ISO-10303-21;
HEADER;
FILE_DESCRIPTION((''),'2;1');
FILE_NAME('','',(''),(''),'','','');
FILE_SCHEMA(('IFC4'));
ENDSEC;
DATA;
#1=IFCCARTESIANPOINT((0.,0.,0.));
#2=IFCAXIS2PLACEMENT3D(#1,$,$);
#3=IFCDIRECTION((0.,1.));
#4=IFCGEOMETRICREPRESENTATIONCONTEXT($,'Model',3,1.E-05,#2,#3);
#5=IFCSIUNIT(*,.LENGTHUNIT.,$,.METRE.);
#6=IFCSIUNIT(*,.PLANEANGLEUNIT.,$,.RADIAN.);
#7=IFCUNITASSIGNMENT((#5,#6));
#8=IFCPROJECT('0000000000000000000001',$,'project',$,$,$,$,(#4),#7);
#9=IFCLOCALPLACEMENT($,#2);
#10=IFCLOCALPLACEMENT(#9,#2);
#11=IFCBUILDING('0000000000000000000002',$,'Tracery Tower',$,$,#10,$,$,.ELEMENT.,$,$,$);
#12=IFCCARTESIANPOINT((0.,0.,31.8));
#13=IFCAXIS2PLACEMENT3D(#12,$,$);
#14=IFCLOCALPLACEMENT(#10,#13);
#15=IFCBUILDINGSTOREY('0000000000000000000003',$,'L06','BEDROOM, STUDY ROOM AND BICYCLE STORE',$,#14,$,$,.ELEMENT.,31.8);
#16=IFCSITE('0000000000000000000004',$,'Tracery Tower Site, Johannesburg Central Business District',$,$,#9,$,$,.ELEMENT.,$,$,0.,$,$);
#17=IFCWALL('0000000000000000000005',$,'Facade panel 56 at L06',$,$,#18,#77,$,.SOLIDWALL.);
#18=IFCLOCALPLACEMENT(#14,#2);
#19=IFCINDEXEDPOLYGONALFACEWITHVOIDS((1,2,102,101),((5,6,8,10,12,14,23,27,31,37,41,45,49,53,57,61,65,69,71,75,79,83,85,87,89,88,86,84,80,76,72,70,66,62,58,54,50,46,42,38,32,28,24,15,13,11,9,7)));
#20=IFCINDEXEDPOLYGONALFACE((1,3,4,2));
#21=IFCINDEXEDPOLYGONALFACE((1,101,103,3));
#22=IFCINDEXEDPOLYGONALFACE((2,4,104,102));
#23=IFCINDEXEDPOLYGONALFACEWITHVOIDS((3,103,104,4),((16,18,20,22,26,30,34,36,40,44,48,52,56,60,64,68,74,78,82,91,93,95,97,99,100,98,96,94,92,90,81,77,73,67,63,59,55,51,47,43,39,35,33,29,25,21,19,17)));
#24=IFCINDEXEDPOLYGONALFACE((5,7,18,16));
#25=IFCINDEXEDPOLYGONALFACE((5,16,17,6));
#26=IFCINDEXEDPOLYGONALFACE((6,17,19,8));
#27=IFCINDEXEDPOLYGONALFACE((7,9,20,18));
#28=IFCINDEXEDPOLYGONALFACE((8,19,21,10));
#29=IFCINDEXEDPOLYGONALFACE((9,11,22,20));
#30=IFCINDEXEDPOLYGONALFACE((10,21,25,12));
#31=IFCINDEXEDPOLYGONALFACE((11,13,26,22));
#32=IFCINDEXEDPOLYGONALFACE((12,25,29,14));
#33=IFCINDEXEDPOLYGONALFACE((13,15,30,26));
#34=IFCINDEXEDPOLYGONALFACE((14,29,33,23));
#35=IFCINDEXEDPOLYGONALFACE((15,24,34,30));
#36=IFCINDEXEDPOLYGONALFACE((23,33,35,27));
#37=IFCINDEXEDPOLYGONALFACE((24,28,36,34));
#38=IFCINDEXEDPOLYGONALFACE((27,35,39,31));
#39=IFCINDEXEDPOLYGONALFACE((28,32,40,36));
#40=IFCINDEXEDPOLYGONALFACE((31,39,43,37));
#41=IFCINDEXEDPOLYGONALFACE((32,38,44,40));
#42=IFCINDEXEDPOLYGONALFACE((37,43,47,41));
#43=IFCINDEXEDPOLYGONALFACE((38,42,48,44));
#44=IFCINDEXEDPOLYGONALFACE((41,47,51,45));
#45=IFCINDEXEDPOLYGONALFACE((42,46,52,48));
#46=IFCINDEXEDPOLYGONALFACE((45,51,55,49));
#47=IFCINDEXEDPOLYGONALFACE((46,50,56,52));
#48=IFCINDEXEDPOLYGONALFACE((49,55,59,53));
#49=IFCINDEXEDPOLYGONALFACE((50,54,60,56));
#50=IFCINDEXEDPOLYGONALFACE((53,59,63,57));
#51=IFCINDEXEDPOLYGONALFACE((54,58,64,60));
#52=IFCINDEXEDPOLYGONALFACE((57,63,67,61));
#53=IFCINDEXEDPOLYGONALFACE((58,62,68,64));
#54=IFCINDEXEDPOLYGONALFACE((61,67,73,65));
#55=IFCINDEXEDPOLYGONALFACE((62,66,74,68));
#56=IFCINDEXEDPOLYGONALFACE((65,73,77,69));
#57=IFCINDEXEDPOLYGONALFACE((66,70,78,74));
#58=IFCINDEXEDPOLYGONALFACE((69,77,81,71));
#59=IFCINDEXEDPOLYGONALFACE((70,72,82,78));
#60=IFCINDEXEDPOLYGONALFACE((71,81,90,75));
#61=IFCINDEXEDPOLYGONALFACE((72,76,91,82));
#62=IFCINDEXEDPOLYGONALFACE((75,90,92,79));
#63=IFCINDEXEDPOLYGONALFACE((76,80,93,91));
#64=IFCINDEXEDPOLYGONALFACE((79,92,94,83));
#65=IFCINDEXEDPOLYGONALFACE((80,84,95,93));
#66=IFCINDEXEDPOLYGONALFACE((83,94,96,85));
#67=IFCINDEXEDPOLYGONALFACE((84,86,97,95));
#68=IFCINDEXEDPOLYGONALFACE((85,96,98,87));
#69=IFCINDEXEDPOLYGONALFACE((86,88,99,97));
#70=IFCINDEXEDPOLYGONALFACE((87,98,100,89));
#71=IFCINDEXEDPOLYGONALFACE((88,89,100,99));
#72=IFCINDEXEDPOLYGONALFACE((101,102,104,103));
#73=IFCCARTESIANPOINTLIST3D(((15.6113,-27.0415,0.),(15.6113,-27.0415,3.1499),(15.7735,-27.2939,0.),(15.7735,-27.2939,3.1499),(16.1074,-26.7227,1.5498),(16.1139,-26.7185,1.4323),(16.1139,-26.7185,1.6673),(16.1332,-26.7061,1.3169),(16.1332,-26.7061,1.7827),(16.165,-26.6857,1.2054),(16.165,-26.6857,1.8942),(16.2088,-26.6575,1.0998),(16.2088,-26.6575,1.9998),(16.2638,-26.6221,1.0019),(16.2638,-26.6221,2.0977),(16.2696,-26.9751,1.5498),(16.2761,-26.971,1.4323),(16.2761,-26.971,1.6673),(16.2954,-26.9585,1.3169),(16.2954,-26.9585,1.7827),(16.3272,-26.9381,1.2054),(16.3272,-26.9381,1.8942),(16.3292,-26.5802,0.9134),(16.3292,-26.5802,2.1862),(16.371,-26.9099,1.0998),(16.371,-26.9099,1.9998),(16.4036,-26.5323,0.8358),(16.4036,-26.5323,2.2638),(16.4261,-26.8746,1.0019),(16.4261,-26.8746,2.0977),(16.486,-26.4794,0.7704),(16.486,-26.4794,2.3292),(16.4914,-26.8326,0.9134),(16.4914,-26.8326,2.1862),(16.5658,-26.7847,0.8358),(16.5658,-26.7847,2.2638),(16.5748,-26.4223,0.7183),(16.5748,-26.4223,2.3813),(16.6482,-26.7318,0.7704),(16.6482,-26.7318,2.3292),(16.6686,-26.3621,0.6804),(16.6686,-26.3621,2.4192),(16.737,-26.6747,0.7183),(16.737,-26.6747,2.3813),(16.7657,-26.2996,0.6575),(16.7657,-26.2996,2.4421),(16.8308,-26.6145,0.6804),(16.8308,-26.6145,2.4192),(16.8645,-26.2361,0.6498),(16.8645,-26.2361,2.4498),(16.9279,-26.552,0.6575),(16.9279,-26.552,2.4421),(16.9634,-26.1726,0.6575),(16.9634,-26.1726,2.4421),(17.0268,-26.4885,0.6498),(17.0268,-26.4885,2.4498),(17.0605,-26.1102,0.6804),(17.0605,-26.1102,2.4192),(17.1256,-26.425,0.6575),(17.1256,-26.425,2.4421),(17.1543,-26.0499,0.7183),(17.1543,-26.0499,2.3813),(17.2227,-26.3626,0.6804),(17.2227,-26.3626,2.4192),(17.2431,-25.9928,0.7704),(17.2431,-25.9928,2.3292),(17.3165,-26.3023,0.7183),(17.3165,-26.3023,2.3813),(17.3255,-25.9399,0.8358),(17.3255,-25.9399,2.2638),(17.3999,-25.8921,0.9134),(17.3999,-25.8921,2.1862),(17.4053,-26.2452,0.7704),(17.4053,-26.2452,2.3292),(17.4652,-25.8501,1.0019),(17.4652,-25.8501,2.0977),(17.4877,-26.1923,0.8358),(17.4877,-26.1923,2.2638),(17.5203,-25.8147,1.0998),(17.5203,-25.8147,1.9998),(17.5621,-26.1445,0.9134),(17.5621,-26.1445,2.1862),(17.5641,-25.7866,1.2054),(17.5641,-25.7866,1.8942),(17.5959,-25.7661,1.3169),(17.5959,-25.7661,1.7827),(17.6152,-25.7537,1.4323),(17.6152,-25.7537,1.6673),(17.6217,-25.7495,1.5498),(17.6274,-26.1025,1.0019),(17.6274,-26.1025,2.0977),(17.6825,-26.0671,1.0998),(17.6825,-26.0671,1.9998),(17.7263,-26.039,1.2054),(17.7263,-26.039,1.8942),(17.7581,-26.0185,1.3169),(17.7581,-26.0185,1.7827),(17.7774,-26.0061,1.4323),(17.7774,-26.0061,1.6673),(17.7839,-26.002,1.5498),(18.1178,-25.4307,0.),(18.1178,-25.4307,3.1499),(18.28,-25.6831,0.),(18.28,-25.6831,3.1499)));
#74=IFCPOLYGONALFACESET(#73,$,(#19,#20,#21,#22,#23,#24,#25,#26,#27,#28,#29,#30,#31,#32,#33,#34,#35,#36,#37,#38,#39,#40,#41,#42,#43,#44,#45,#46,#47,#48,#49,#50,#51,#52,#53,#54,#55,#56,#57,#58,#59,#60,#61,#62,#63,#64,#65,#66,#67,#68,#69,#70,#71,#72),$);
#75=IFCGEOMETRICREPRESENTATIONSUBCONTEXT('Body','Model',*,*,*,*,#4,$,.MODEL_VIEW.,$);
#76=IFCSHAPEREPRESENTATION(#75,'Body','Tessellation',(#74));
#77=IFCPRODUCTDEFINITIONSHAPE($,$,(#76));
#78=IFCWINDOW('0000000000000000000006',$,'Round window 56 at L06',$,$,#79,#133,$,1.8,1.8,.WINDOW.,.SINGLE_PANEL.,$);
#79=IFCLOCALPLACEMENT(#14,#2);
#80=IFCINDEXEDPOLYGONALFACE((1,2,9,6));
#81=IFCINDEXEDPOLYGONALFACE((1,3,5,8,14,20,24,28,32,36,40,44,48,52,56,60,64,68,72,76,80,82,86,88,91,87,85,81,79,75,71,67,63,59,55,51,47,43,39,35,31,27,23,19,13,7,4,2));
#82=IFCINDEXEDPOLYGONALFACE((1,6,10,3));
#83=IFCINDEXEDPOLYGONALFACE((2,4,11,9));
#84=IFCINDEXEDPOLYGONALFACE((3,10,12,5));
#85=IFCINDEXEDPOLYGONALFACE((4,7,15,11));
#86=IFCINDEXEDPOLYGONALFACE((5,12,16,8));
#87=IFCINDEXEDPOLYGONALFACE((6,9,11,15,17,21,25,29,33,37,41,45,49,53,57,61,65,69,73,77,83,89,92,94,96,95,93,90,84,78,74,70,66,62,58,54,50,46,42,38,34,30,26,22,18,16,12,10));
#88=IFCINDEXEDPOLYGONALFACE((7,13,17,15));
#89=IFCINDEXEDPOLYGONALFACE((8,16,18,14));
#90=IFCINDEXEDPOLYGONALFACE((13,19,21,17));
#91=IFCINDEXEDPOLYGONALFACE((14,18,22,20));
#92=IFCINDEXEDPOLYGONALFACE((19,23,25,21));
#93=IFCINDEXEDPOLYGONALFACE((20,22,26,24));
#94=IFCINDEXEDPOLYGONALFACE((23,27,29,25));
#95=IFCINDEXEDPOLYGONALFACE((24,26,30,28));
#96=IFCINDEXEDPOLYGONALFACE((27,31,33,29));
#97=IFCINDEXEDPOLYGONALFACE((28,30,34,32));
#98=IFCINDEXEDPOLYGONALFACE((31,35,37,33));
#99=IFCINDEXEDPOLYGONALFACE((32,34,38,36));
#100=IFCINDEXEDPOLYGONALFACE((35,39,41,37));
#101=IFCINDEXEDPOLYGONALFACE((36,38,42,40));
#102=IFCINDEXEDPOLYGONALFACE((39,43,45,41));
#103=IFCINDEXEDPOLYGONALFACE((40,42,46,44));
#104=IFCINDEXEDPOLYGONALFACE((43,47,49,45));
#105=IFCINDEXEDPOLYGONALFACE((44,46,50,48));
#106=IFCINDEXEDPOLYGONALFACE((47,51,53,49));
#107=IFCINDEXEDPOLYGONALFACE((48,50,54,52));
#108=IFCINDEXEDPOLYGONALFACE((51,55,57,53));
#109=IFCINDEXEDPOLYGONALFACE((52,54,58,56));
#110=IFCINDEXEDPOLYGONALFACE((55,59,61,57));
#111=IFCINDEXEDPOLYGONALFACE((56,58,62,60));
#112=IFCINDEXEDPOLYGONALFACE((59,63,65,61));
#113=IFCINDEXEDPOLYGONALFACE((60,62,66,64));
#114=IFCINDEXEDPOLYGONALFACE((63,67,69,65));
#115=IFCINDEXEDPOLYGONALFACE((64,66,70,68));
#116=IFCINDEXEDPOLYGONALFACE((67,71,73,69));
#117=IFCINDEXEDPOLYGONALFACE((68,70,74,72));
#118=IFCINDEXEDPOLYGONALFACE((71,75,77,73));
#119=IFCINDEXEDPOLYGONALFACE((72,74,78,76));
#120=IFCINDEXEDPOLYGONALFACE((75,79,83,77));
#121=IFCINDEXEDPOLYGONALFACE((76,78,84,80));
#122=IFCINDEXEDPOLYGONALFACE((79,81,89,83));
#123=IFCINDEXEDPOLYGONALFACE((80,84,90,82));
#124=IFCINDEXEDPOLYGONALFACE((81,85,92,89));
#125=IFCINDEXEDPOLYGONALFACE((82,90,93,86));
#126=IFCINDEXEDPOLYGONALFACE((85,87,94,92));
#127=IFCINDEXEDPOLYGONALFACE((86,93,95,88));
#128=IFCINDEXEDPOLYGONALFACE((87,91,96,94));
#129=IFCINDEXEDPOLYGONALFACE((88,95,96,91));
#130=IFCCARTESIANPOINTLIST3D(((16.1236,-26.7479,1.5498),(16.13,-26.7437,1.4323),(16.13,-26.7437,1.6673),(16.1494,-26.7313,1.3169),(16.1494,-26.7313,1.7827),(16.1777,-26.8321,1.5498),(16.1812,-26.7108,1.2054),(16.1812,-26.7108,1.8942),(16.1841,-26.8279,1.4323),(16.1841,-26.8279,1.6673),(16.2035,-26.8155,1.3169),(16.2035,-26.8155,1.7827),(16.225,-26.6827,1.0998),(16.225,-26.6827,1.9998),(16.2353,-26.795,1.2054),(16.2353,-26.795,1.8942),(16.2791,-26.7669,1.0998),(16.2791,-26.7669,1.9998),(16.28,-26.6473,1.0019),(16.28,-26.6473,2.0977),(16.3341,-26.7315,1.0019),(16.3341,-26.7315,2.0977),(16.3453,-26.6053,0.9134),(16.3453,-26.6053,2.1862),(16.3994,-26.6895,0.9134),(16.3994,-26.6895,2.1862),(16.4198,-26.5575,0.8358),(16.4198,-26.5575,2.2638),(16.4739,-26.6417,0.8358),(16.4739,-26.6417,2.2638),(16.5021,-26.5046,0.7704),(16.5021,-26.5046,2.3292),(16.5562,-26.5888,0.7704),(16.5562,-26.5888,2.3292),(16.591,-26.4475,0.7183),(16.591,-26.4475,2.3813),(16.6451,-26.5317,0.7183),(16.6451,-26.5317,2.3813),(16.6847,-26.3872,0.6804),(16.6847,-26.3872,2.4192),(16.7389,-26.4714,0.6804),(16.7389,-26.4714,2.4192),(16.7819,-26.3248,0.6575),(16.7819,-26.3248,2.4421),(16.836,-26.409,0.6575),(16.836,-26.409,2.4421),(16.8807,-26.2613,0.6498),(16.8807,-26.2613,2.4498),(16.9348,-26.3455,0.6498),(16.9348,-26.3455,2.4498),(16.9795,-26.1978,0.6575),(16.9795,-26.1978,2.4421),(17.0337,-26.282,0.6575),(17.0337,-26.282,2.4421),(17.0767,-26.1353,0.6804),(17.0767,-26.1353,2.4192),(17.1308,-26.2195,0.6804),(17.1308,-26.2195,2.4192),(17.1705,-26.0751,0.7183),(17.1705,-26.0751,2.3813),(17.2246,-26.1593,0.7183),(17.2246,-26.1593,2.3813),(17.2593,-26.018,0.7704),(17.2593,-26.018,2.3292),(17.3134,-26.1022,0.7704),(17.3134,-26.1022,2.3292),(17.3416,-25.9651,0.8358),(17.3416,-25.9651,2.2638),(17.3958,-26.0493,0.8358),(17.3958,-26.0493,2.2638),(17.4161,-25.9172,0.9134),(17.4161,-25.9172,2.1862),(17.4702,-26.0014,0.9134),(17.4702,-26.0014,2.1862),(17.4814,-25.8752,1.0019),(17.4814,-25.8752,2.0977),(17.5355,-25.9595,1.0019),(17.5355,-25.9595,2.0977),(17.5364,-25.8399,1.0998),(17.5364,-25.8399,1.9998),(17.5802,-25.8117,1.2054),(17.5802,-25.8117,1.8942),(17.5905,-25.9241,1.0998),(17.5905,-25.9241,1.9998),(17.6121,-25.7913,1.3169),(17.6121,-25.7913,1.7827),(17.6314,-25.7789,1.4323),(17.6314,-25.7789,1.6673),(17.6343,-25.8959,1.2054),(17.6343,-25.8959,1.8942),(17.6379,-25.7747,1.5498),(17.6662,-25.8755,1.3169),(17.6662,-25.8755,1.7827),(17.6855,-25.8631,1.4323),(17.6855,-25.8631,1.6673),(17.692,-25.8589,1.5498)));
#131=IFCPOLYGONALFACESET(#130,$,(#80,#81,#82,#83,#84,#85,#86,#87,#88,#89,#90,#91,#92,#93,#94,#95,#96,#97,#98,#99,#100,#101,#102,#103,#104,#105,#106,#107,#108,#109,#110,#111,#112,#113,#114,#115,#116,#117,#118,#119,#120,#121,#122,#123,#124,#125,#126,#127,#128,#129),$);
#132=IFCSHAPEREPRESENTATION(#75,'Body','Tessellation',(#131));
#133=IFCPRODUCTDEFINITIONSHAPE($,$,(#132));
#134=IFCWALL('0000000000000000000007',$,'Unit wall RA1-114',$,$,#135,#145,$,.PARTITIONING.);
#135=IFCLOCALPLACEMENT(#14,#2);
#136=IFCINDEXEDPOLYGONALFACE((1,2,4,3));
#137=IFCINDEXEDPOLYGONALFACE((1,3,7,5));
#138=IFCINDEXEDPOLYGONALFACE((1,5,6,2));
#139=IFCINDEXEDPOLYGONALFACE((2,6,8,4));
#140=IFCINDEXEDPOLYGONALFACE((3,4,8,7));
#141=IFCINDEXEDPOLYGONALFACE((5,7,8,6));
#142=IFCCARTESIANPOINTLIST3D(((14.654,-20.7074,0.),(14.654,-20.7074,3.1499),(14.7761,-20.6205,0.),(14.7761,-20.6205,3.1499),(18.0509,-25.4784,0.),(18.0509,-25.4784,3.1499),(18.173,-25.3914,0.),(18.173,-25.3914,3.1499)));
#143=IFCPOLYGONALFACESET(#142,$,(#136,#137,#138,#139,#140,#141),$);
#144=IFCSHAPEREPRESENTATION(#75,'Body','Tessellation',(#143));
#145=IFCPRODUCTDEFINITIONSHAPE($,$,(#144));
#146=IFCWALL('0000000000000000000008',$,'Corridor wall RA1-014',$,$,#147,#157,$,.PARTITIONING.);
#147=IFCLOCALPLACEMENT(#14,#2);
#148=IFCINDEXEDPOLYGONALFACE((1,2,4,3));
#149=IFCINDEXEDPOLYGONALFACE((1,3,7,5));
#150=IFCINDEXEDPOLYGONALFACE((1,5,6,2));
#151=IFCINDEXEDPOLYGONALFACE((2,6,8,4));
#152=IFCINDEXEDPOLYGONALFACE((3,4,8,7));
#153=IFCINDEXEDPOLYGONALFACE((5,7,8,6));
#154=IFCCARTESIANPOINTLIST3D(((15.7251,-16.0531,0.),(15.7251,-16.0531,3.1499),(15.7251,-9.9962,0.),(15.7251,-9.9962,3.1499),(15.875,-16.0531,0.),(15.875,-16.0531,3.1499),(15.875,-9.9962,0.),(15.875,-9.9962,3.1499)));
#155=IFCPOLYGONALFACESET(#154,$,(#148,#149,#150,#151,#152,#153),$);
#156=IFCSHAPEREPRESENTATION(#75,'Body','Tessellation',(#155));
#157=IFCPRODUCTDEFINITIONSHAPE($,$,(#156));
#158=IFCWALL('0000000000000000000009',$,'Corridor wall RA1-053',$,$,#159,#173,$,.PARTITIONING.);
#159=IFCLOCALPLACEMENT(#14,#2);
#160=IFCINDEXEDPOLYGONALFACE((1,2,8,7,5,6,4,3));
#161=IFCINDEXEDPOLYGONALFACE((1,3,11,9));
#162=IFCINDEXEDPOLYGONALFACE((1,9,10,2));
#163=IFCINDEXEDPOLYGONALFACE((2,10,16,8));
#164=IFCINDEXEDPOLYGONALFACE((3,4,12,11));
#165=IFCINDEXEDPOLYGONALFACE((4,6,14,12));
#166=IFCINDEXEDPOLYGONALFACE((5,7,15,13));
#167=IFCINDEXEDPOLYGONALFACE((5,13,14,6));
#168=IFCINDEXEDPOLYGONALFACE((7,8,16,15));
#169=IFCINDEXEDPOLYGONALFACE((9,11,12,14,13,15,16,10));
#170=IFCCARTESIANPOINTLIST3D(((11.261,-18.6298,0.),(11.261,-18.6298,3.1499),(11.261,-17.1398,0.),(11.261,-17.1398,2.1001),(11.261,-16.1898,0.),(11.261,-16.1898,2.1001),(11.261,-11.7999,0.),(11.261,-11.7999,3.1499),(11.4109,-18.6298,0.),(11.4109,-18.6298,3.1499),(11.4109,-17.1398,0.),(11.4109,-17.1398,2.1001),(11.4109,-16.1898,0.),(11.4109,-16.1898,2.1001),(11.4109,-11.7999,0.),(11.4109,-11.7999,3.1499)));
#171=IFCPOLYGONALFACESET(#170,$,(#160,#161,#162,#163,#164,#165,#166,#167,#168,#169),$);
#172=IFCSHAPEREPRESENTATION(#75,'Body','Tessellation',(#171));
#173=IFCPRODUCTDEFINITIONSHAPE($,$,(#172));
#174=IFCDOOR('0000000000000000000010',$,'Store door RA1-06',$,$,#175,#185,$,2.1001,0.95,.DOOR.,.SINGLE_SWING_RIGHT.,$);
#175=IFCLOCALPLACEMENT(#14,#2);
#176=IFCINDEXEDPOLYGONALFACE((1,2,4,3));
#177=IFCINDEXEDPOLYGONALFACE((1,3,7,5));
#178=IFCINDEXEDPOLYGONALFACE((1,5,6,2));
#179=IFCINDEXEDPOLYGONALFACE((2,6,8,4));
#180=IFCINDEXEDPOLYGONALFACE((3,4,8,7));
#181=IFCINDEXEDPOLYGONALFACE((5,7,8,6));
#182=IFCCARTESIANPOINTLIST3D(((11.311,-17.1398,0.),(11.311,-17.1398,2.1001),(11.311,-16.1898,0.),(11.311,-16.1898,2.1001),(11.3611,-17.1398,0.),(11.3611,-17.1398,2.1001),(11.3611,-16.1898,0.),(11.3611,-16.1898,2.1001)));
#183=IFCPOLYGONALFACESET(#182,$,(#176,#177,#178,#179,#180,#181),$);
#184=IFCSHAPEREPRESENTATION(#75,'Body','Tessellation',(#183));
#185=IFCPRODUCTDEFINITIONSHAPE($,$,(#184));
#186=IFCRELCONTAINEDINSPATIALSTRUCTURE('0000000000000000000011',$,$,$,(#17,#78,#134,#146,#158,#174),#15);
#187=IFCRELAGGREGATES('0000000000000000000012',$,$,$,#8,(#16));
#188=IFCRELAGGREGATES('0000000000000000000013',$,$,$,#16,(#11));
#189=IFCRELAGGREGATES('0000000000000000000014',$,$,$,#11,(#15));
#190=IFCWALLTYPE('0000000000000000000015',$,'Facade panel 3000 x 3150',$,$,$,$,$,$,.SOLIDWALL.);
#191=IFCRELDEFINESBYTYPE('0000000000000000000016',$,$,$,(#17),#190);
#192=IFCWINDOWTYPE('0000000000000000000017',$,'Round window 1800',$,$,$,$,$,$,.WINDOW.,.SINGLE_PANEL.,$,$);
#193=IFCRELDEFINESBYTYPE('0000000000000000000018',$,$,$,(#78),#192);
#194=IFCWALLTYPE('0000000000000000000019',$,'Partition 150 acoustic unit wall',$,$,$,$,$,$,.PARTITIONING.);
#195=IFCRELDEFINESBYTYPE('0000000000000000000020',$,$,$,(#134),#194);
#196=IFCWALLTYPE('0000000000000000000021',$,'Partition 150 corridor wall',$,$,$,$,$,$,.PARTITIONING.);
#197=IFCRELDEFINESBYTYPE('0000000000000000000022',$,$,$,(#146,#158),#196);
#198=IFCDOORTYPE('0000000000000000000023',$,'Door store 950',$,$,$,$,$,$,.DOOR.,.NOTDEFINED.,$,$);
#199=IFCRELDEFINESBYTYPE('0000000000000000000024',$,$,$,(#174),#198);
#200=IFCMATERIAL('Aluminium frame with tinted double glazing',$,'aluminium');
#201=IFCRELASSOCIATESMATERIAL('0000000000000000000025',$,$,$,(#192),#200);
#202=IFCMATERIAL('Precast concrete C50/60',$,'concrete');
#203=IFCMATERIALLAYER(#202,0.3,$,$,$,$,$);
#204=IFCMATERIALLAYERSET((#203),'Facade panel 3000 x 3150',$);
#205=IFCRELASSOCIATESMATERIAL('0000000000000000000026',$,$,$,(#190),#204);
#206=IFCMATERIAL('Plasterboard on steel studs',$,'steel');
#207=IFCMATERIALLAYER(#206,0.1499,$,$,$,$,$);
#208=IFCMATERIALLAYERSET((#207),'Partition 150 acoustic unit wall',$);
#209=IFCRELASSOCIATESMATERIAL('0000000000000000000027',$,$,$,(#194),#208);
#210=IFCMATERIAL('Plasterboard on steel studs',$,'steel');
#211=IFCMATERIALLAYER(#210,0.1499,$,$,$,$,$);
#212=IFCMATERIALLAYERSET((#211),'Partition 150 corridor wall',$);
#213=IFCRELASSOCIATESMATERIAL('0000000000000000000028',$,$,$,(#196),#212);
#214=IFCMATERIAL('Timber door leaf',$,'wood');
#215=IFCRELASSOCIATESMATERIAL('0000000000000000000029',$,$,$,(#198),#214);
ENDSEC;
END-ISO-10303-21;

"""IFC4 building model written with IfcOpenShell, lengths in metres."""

from ifc_helpers import new_model, si_unit, direction, frame, frame_2d, origin, origin_2d, place, context, subcontext, project, spatial, rectangle, circle, extrude, material, layer, layer_set, type_object, element, fill, save


model = new_model("IFC4")

# Units and contexts
model_context = context("Model", 3, precision=1e-05, world=origin(), true_north=direction((0.0, 1.0)))
body_context = subcontext(model_context, "Body", "Model", "MODEL_VIEW")
ifc_project = project(units=[si_unit("LENGTHUNIT", "METRE"), si_unit("PLANEANGLEUNIT", "RADIAN")], contexts=[model_context])

# Site, building, storey
site_placement = place(None, origin())
site = spatial("IfcSite", under=ifc_project, at=site_placement, Name="Tracery Tower Site, Johannesburg Central Business District", CompositionType="ELEMENT", RefElevation=0.0)
building_placement = place(site_placement, origin())
building = spatial("IfcBuilding", under=site, at=building_placement, Name="Tracery Tower", CompositionType="ELEMENT")
storey_placement = place(building_placement, frame((0.0, 0.0, 31.8)))
storey = spatial("IfcBuildingStorey", under=building, at=storey_placement, Name="L06", Description="BEDROOM, STUDY ROOM AND BICYCLE STORE", CompositionType="ELEMENT", Elevation=31.8)

# Wall, opening, window
ifc_material_1 = material(Name="Aluminium frame with tinted double glazing", Category="aluminium")
window_type = type_object("IfcWindowType", Name="Round window 1800", PartitioningType="SINGLE_PANEL", PredefinedType="WINDOW", material=ifc_material_1)
ifc_material_2 = material(Name="Precast concrete C50/60", Category="concrete")
ifc_layer_1 = layer(ifc_material_2, 0.3)
ifc_layer_set_1 = layer_set([ifc_layer_1], Name="Facade panel 3000 x 3150")
wall_type_1 = type_object("IfcWallType", Name="Facade panel 3000 x 3150", PredefinedType="SOLIDWALL", material=ifc_layer_set_1)
wall_1_placement = place(storey_placement, frame((15.6924, -27.1677, 0.0), z_axis=(0.0, 0.0, 1.0), x_axis=(0.841261, 0.540629, 0.0)))
wall_1 = element("IfcWall", 1, at=wall_1_placement, inside=storey, type_object=wall_type_1, Name="Facade panel 56 at L06", PredefinedType="SOLIDWALL", context=body_context, shape_type="SweptSolid", body=[
    extrude(rectangle(XDim=2.9795, YDim=0.3, at=frame_2d((1.4897, 0.0))), origin(), (0.0, 0.0, 1.0), 3.1499),
])
opening_1_placement = place(wall_1_placement, frame((1.4897, 0.0, 1.5498)))
opening_1 = element("IfcOpeningElement", 2, at=opening_1_placement, cuts=wall_1, PredefinedType="OPENING", context=body_context, shape_type="SweptSolid", body=[
    extrude(circle(Radius=0.9, at=origin_2d()), frame((0.0, 0.1599, 0.0), z_axis=(0.0, -1.0, 0.0), x_axis=(1.0, 0.0, 0.0)), (0.0, 0.0, 1.0), 0.3201),
])
window_1_placement = place(opening_1_placement, origin())
window_1 = element("IfcWindow", 3, at=window_1_placement, inside=storey, type_object=window_type, Name="Round window 56 at L06", OverallHeight=1.8, OverallWidth=1.8, PartitioningType="SINGLE_PANEL", PredefinedType="WINDOW", context=body_context, shape_type="SweptSolid", body=[
    extrude(circle(Radius=0.9, at=origin_2d()), frame((0.0, 0.1201, 0.0), z_axis=(0.0, -1.0, 0.0), x_axis=(1.0, 0.0, 0.0)), (0.0, 0.0, 1.0), 0.1001),
])
fill(opening_1, window_1)

# Walls
ifc_material_3 = material(Name="Plasterboard on steel studs", Category="steel")
ifc_layer_2 = layer(ifc_material_3, 0.1499)
ifc_layer_set_2 = layer_set([ifc_layer_2], Name="Partition 150 acoustic unit wall")
wall_type_2 = type_object("IfcWallType", Name="Partition 150 acoustic unit wall", PredefinedType="PARTITIONING", material=ifc_layer_set_2)
wall_2_placement = place(storey_placement, frame((14.7151, -20.6641, 0.0), z_axis=(0.0, 0.0, 1.0), x_axis=(0.580007, -0.814611, 0.0)))
element("IfcWall", 4, at=wall_2_placement, inside=storey, type_object=wall_type_2, Name="Unit wall RA1-114", PredefinedType="PARTITIONING", context=body_context, shape_type="SweptSolid", body=[
    extrude(rectangle(XDim=5.8567, YDim=0.1499, at=frame_2d((2.9282, 0.0))), origin(), (0.0, 0.0, 1.0), 3.1499),
])
ifc_material_4 = material(Name="Plasterboard on steel studs", Category="steel")
ifc_layer_3 = layer(ifc_material_4, 0.1499)
ifc_layer_set_3 = layer_set([ifc_layer_3], Name="Partition 150 corridor wall")
wall_type_3 = type_object("IfcWallType", Name="Partition 150 corridor wall", PredefinedType="PARTITIONING", material=ifc_layer_set_3)
wall_3_placement = place(storey_placement, frame((15.8, -16.053, 0.0), z_axis=(0.0, 0.0, 1.0), x_axis=(0.0, 1.0, 0.0)))
element("IfcWall", 5, at=wall_3_placement, inside=storey, type_object=wall_type_3, Name="Corridor wall RA1-014", PredefinedType="PARTITIONING", context=body_context, shape_type="SweptSolid", body=[
    extrude(rectangle(XDim=6.0569, YDim=0.1499, at=frame_2d((3.0283, 0.0))), origin(), (0.0, 0.0, 1.0), 3.1499),
])

# Wall, opening, door
wall_4_placement = place(storey_placement, frame((11.3359, -18.6299, 0.0), z_axis=(0.0, 0.0, 1.0), x_axis=(0.0, 1.0, 0.0)))
wall_4 = element("IfcWall", 6, at=wall_4_placement, inside=storey, type_object=wall_type_3, Name="Corridor wall RA1-053", PredefinedType="PARTITIONING", context=body_context, shape_type="SweptSolid", body=[
    extrude(rectangle(XDim=6.8298, YDim=0.1499, at=frame_2d((3.415, 0.0))), origin(), (0.0, 0.0, 1.0), 3.1499),
])
opening_2_placement = place(wall_4_placement, frame((1.49, 0.0, 0.0)))
opening_2 = element("IfcOpeningElement", 7, at=opening_2_placement, cuts=wall_4, PredefinedType="OPENING", context=body_context, shape_type="SweptSolid", body=[
    extrude(rectangle(XDim=0.95, YDim=2.1001, at=frame_2d((0.4751, 1.05))), frame((0.0, 0.075, 0.0), z_axis=(0.0, -1.0, 0.0), x_axis=(1.0, 0.0, 0.0)), (0.0, 0.0, 1.0), 0.1499),
])
ifc_material_5 = material(Name="Timber door leaf", Category="wood")
door_type = type_object("IfcDoorType", Name="Door store 950", OperationType="NOTDEFINED", PredefinedType="DOOR", material=ifc_material_5)
door_placement = place(opening_2_placement, origin())
door = element("IfcDoor", 8, at=door_placement, inside=storey, type_object=door_type, Name="Store door RA1-06", OperationType="SINGLE_SWING_RIGHT", OverallHeight=2.1001, OverallWidth=0.95, PredefinedType="DOOR", context=body_context, shape_type="SweptSolid", body=[
    extrude(rectangle(XDim=0.95, YDim=2.1001, at=frame_2d((0.4751, 1.05))), frame((0.0, 0.0249, 0.0), z_axis=(0.0, -1.0, 0.0), x_axis=(1.0, 0.0, 0.0)), (0.0, 0.0, 1.0), 0.05),
])
fill(opening_2, door)

save(model, "model.ifc")
